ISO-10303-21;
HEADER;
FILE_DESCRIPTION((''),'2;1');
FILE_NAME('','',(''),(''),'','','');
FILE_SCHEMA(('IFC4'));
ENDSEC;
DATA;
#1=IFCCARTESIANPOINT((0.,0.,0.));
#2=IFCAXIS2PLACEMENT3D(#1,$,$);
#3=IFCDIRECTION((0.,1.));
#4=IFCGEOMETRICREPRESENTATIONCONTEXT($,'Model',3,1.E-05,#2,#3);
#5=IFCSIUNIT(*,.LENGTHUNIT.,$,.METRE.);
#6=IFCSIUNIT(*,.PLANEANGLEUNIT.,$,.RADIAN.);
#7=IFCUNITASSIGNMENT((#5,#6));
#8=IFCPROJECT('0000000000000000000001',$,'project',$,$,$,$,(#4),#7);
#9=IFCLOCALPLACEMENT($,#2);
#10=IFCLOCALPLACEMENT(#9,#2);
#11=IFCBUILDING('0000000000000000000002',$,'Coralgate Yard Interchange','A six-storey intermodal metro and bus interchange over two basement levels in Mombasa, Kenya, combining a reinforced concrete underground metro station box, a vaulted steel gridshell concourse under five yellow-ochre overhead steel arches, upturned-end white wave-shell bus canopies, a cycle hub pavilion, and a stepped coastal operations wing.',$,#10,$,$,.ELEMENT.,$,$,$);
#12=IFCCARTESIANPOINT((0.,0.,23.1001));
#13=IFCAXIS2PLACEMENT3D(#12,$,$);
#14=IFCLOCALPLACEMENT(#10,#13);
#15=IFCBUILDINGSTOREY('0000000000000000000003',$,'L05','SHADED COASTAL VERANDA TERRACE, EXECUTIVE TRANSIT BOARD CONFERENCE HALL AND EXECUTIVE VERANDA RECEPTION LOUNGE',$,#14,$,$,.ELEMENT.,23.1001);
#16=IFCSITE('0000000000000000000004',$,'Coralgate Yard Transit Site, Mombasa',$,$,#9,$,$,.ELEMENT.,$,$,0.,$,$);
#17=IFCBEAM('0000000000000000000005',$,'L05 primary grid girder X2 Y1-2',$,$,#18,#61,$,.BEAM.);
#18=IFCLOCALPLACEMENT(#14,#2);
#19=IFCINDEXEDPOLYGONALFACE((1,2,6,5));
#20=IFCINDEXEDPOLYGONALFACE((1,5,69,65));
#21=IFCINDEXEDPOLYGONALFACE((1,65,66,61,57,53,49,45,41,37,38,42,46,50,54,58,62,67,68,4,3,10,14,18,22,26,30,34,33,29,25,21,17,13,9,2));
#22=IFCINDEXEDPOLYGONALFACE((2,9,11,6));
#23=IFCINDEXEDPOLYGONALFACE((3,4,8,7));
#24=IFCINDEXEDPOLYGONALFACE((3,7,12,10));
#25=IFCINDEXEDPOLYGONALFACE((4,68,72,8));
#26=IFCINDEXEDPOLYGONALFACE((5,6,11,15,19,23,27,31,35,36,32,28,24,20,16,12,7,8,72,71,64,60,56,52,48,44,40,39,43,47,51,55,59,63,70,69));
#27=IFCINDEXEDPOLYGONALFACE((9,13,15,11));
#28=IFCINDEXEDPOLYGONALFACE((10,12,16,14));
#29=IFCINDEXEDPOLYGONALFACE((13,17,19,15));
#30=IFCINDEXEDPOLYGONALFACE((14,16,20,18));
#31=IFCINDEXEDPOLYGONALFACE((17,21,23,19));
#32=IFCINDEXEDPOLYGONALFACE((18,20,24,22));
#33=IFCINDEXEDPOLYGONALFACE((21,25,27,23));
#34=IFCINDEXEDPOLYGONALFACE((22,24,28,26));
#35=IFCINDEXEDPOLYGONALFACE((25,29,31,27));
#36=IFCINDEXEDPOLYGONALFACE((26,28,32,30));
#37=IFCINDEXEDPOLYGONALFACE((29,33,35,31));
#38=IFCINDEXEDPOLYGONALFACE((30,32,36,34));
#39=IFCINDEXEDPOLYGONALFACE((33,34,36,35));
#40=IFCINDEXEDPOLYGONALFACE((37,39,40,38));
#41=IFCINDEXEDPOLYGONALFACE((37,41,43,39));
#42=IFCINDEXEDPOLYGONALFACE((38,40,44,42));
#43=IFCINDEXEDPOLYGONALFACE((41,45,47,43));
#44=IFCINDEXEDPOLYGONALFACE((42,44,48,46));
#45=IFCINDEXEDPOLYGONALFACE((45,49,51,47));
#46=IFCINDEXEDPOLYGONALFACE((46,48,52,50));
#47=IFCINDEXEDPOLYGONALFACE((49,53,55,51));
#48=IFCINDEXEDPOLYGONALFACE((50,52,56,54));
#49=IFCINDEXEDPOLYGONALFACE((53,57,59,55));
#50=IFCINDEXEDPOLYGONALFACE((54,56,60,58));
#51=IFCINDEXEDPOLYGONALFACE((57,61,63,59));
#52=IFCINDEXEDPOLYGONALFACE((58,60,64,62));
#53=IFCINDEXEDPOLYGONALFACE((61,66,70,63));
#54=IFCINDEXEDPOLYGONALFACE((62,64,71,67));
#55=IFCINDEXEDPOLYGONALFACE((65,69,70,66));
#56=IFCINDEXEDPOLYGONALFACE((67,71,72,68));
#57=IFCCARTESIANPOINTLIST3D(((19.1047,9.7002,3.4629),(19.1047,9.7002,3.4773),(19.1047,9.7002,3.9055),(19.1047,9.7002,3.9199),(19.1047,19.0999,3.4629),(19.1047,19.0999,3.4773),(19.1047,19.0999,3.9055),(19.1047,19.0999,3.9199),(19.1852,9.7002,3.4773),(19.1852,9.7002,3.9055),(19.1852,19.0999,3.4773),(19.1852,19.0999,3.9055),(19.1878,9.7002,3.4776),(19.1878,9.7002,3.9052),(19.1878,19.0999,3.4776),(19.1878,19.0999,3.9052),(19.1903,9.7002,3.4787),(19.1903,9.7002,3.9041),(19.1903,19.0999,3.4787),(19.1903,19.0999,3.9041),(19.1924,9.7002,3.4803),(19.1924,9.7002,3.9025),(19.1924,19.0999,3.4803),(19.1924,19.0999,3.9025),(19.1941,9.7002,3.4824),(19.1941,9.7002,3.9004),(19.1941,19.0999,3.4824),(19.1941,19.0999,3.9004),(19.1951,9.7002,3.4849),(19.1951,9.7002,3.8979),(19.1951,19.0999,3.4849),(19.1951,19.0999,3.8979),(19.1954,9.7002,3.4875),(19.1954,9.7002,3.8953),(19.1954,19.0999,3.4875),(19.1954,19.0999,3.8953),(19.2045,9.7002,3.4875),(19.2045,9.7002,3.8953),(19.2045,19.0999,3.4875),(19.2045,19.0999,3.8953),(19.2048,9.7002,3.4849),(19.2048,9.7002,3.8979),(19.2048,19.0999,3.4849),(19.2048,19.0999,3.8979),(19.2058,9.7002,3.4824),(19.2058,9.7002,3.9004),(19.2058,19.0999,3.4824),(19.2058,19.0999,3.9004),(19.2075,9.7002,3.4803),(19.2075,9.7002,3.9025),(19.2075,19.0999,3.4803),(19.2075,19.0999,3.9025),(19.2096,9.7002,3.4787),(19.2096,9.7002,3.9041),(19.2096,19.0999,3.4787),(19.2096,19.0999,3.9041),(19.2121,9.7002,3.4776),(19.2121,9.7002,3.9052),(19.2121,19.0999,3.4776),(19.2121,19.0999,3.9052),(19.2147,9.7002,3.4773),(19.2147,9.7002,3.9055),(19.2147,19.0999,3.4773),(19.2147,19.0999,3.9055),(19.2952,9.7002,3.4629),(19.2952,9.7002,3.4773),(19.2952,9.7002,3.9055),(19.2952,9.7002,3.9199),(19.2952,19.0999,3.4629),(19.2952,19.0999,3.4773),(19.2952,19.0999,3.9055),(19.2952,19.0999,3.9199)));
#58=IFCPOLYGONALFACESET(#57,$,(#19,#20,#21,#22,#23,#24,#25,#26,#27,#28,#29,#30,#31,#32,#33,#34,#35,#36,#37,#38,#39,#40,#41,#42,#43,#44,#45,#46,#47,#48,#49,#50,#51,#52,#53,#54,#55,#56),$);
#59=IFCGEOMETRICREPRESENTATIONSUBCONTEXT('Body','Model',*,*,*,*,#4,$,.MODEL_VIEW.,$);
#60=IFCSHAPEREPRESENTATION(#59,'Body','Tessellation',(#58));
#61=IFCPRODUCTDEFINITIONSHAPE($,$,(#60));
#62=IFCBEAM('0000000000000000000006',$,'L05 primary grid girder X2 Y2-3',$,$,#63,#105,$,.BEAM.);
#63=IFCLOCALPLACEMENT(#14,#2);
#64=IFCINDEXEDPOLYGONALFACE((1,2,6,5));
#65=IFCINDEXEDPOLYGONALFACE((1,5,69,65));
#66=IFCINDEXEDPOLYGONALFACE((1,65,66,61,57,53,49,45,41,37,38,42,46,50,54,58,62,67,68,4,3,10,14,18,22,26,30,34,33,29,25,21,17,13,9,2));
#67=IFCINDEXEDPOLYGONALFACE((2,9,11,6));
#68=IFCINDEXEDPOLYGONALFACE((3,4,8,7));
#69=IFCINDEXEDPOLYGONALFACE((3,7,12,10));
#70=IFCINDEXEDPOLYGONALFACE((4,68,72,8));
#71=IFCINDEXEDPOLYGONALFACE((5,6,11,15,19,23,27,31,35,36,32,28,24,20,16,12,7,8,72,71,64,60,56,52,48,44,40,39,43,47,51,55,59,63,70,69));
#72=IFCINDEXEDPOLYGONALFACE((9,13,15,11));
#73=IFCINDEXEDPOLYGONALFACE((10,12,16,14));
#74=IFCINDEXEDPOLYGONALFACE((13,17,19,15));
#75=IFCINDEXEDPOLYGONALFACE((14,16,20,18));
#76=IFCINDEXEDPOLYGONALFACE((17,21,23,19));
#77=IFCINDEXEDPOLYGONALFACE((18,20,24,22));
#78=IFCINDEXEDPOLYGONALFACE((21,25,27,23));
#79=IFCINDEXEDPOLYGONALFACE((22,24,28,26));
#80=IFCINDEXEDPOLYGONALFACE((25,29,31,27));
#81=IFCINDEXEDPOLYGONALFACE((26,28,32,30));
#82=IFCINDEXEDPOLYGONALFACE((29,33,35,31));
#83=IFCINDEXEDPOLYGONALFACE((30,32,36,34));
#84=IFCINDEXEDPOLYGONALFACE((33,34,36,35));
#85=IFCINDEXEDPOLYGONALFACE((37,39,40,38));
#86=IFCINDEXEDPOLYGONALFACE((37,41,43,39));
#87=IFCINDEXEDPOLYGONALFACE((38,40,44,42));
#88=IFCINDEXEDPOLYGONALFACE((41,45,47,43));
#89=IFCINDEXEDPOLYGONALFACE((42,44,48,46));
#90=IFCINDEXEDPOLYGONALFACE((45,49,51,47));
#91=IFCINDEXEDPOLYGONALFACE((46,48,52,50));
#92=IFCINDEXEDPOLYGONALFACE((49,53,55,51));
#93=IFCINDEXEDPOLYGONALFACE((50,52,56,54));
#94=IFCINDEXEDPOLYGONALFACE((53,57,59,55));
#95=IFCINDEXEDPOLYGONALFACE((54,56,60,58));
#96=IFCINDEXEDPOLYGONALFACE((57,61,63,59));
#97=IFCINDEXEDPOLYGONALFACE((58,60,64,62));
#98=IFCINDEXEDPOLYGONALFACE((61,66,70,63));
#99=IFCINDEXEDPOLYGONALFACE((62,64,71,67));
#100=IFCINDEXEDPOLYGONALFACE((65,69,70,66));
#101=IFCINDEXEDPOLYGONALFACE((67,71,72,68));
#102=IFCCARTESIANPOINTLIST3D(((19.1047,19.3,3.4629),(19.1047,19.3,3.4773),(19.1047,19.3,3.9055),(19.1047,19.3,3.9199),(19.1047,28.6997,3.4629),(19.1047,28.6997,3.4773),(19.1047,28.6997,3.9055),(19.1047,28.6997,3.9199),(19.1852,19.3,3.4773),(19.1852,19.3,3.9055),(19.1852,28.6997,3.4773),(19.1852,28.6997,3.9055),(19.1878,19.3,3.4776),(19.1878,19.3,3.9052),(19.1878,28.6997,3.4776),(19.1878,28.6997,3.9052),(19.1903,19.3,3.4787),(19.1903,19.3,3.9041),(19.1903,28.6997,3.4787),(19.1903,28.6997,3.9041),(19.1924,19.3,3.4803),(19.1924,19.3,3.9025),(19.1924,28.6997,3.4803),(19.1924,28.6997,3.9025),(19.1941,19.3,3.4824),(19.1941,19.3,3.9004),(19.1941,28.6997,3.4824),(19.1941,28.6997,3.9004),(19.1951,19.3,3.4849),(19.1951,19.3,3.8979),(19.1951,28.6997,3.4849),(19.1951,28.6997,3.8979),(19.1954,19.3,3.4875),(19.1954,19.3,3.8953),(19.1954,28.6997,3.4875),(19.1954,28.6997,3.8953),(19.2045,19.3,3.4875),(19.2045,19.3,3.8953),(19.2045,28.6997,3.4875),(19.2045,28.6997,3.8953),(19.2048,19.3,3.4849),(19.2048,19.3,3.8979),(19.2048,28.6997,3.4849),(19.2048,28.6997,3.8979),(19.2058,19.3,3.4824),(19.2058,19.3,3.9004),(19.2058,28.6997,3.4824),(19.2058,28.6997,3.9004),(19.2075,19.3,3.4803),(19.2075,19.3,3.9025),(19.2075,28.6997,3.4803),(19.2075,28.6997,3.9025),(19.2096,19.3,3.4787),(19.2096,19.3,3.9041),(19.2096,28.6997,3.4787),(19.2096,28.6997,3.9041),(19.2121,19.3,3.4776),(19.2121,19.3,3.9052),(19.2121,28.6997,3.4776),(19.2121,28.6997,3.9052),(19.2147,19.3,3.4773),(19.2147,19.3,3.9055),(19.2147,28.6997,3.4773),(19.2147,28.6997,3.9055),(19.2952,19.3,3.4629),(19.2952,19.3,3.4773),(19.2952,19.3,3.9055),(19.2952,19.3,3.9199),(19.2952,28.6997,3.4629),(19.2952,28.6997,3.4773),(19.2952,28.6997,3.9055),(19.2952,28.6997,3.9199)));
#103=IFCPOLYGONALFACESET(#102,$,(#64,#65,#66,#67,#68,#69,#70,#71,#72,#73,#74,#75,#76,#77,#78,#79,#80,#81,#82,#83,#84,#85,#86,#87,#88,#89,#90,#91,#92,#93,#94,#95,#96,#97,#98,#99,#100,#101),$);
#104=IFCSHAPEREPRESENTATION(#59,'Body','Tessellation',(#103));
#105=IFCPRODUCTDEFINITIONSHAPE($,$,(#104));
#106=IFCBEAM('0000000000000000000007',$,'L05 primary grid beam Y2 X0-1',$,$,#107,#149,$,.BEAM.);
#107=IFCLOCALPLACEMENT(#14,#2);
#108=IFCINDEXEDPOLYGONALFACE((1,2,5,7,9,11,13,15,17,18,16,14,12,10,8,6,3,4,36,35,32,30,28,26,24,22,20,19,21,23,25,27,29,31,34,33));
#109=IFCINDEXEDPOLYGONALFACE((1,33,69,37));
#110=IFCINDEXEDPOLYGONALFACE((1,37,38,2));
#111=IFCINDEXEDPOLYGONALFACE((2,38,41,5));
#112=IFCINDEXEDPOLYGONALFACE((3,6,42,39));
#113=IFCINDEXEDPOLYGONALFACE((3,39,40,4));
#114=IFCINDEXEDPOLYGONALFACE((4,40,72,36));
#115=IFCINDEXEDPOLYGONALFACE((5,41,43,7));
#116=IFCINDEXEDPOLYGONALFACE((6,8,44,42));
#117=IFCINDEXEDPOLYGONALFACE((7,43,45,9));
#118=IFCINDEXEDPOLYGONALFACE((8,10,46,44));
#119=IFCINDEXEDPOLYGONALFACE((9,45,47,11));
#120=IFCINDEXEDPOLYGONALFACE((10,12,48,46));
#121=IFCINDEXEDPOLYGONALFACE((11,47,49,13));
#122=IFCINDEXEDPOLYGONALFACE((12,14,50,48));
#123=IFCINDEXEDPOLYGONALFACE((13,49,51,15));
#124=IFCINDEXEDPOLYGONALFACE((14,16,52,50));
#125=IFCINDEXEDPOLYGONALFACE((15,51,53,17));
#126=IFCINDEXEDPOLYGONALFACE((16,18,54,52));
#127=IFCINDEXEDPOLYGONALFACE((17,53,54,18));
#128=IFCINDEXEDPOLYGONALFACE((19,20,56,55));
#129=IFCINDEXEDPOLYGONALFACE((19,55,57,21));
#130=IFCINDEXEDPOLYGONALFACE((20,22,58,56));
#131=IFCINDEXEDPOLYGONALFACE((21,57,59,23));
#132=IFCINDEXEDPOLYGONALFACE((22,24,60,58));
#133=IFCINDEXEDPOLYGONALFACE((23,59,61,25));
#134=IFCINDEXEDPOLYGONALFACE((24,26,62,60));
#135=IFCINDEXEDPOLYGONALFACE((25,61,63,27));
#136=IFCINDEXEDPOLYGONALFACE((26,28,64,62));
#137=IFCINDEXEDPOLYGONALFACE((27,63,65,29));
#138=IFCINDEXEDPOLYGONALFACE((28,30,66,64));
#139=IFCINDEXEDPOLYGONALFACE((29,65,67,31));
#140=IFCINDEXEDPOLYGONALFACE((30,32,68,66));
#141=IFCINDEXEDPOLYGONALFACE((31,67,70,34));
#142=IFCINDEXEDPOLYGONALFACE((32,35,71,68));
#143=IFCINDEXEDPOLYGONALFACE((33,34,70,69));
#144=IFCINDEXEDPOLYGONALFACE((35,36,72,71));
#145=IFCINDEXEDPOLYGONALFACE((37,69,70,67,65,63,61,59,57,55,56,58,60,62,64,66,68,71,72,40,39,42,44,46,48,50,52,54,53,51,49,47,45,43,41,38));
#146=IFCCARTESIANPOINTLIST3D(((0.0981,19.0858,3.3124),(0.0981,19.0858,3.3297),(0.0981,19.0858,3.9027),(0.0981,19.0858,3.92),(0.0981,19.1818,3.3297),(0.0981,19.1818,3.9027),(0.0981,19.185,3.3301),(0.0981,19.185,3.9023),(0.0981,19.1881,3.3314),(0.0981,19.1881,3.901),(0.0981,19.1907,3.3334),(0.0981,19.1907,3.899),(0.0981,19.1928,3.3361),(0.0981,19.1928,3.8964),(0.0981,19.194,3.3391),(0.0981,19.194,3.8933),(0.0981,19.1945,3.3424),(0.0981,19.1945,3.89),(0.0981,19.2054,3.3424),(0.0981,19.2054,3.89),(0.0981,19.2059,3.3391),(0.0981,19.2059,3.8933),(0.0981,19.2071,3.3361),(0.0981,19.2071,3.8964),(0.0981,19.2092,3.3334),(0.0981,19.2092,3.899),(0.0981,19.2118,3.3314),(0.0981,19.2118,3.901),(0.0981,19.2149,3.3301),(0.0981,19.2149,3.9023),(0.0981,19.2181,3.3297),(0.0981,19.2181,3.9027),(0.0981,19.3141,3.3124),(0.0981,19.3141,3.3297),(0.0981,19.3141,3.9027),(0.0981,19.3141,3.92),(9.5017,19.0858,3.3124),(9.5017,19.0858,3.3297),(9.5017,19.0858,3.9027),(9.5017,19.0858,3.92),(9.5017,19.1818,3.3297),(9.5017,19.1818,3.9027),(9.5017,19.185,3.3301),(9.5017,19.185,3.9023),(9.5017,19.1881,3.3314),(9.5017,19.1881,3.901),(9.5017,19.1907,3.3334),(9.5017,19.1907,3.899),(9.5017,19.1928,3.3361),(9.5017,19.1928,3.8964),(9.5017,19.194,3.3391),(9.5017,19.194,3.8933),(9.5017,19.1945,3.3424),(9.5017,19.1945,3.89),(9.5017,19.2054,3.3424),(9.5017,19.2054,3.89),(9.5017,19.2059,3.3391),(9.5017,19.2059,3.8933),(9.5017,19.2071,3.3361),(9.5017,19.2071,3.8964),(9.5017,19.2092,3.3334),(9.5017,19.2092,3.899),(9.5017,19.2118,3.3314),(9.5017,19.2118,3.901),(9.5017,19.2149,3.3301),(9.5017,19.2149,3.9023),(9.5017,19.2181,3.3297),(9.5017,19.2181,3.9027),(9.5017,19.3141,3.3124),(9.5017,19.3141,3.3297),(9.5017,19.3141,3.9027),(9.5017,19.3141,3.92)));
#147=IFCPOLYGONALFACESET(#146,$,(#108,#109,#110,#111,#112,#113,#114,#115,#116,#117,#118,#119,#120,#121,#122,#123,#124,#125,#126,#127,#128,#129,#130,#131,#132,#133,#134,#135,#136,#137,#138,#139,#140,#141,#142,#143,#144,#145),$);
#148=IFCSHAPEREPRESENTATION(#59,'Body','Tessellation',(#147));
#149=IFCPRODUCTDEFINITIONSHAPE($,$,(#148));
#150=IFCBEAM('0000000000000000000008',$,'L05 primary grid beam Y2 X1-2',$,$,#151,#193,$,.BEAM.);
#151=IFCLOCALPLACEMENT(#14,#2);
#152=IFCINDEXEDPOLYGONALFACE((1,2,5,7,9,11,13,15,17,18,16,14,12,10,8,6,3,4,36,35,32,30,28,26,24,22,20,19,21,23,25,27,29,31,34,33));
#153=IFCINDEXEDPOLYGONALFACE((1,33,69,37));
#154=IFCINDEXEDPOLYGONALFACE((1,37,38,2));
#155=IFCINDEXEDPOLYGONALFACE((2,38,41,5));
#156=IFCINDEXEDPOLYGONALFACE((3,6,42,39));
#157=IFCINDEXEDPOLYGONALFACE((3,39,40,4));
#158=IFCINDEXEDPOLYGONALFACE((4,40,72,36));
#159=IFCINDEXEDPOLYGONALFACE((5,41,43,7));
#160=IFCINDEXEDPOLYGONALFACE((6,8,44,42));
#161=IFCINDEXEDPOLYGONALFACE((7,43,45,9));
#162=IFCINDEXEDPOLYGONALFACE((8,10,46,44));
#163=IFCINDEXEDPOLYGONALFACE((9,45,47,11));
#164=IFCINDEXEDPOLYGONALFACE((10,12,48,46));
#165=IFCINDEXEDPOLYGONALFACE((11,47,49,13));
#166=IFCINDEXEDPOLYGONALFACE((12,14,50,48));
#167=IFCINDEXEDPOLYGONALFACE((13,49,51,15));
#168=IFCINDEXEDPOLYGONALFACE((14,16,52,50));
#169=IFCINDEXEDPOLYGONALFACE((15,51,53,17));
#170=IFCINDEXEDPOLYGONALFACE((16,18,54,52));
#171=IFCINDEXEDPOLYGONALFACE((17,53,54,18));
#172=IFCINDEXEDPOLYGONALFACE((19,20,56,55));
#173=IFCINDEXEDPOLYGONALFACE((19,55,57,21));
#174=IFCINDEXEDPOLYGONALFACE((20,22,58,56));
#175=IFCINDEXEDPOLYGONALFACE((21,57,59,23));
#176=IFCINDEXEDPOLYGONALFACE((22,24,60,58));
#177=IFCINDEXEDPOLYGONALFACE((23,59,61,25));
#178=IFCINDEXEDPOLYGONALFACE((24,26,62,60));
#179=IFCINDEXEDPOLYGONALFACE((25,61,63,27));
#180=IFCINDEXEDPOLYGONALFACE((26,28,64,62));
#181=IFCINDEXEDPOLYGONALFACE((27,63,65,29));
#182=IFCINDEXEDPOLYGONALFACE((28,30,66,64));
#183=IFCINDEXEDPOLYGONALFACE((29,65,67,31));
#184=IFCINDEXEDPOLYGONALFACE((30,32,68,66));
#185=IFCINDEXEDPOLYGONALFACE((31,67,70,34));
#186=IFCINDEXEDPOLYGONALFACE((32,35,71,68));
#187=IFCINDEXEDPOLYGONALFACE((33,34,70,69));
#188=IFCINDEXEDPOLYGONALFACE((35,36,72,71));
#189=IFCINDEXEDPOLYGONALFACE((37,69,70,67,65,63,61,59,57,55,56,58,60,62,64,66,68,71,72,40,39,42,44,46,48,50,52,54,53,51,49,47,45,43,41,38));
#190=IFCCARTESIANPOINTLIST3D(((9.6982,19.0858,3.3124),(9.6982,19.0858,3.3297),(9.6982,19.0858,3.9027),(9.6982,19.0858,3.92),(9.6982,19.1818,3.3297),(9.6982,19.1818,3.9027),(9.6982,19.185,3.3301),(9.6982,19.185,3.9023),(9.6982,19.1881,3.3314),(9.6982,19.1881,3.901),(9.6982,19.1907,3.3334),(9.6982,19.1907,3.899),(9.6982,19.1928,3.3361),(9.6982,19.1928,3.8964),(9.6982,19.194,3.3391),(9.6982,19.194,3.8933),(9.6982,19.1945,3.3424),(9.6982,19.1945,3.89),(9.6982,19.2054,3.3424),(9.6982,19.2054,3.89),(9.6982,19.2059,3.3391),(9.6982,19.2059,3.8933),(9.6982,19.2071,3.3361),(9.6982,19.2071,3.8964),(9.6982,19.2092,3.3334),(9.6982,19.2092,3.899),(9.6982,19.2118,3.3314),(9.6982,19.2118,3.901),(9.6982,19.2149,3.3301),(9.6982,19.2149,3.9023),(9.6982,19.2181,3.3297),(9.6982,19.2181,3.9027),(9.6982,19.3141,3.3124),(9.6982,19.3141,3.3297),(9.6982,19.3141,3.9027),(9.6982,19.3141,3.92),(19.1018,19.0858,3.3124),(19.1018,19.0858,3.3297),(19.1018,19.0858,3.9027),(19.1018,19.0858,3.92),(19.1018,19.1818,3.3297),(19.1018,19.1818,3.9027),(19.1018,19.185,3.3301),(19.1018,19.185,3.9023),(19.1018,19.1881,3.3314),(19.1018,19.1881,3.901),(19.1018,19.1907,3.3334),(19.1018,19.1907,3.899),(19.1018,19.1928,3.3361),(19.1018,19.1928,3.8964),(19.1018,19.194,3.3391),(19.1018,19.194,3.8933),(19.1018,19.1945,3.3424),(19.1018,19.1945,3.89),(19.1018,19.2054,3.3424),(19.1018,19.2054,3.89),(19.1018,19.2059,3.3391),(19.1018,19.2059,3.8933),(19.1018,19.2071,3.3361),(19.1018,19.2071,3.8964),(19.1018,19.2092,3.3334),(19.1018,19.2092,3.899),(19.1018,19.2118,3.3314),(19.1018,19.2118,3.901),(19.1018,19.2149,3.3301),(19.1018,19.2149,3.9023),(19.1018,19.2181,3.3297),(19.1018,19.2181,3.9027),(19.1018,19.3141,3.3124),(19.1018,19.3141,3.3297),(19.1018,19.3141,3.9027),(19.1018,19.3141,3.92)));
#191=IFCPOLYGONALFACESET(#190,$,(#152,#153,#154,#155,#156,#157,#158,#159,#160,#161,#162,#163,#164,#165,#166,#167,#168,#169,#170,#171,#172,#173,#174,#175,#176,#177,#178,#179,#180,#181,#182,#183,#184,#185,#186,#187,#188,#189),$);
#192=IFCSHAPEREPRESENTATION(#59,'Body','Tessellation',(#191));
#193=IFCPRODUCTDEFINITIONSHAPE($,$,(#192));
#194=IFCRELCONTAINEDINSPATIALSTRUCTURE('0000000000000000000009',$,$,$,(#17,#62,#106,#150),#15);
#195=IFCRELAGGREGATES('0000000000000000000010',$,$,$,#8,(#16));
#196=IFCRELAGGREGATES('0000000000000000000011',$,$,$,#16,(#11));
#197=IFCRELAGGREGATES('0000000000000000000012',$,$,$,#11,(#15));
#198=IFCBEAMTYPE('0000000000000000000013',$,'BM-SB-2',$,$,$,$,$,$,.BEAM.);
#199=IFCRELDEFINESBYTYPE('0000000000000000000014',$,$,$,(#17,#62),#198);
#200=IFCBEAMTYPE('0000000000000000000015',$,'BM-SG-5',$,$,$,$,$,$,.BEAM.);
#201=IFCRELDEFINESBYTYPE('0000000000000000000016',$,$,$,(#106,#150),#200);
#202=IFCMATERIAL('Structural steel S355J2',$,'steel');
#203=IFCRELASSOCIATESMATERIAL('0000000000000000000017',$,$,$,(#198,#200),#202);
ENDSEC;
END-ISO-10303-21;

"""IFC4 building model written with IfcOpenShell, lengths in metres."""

from ifc_helpers import new_model, si_unit, direction, frame, origin, origin_2d, place, context, subcontext, project, spatial, i_section, extrude, material, material_profile, profile_set, type_object, element, save


model = new_model("IFC4")

# Units and contexts
model_context = context("Model", 3, precision=1e-05, world=origin(), true_north=direction((0.0, 1.0)))
body_context = subcontext(model_context, "Body", "Model", "MODEL_VIEW")
ifc_project = project(units=[si_unit("LENGTHUNIT", "METRE"), si_unit("PLANEANGLEUNIT", "RADIAN")], contexts=[model_context])

# Site, building, storey
site_placement = place(None, origin())
site = spatial("IfcSite", under=ifc_project, at=site_placement, Name="Coralgate Yard Transit Site, Mombasa", CompositionType="ELEMENT", RefElevation=0.0)
building_placement = place(site_placement, origin())
building = spatial("IfcBuilding", under=site, at=building_placement, Name="Coralgate Yard Interchange", Description="A six-storey intermodal metro and bus interchange over two basement levels in Mombasa, Kenya, combining a reinforced concrete underground metro station box, a vaulted steel gridshell concourse under five yellow-ochre overhead steel arches, upturned-end white wave-shell bus canopies, a cycle hub pavilion, and a stepped coastal operations wing.", CompositionType="ELEMENT")
storey_placement = place(building_placement, frame((0.0, 0.0, 23.1001)))
storey = spatial("IfcBuildingStorey", under=building, at=storey_placement, Name="L05", Description="SHADED COASTAL VERANDA TERRACE, EXECUTIVE TRANSIT BOARD CONFERENCE HALL AND EXECUTIVE VERANDA RECEPTION LOUNGE", CompositionType="ELEMENT", Elevation=23.1001)

# Shared definitions
ifc_material_1 = material(Name="Structural steel S355J2", Category="steel")

# Beams
ifc_material_profile_1 = material_profile(ifc_material_1, i_section(OverallWidth=0.1904, OverallDepth=0.457, WebThickness=0.009, FlangeThickness=0.0144, FilletRadius=0.0103, at=origin_2d()), Name="UB 457x191x74")
ifc_profile_set_1 = profile_set([ifc_material_profile_1], Name="Structural steel S355J2")
beam_type_1 = type_object("IfcBeamType", Name="BM-SB-2", PredefinedType="BEAM", material=ifc_profile_set_1)
for number, where, z_axis, x_axis, name in (
    (1, (19.2, 9.7002, 3.6914), (0.0, 1.0, 0.0), (-1.0, 0.0, 0.0), "L05 primary grid girder X2 Y1-2"),
    (2, (19.2, 19.3, 3.6914), (0.0, 1.0, 0.0), (-1.0, 0.0, 0.0), "L05 primary grid girder X2 Y2-3"),
):
    element("IfcBeam", number, at=place(storey_placement, frame(where, z_axis=z_axis, x_axis=x_axis)), inside=storey, type_object=beam_type_1, Name=name, PredefinedType="BEAM", context=body_context, shape_type="SweptSolid", body=[
        extrude(i_section(OverallWidth=0.1904, OverallDepth=0.457, WebThickness=0.009, FlangeThickness=0.0144, FilletRadius=0.0103, at=origin_2d()), origin(), (0.0, 0.0, 1.0), 9.3997),
    ])
ifc_material_profile_2 = material_profile(ifc_material_1, i_section(OverallWidth=0.2283, OverallDepth=0.6077, WebThickness=0.011, FlangeThickness=0.0173, FilletRadius=0.0127, at=origin_2d()), Name="UB 610x229x113")
ifc_profile_set_2 = profile_set([ifc_material_profile_2], Name="Structural steel S355J2")
beam_type_2 = type_object("IfcBeamType", Name="BM-SG-5", PredefinedType="BEAM", material=ifc_profile_set_2)
for number, where, z_axis, x_axis, name in (
    (3, (0.0981, 19.2, 3.6162), (1.0, 0.0, 0.0), (0.0, 1.0, 0.0), "L05 primary grid beam Y2 X0-1"),
    (4, (9.6982, 19.2, 3.6162), (1.0, 0.0, 0.0), (0.0, 1.0, 0.0), "L05 primary grid beam Y2 X1-2"),
):
    element("IfcBeam", number, at=place(storey_placement, frame(where, z_axis=z_axis, x_axis=x_axis)), inside=storey, type_object=beam_type_2, Name=name, PredefinedType="BEAM", context=body_context, shape_type="SweptSolid", body=[
        extrude(i_section(OverallWidth=0.2283, OverallDepth=0.6077, WebThickness=0.011, FlangeThickness=0.0173, FilletRadius=0.0127, at=origin_2d()), origin(), (0.0, 0.0, 1.0), 9.4036),
    ])

save(model, "model.ifc")
